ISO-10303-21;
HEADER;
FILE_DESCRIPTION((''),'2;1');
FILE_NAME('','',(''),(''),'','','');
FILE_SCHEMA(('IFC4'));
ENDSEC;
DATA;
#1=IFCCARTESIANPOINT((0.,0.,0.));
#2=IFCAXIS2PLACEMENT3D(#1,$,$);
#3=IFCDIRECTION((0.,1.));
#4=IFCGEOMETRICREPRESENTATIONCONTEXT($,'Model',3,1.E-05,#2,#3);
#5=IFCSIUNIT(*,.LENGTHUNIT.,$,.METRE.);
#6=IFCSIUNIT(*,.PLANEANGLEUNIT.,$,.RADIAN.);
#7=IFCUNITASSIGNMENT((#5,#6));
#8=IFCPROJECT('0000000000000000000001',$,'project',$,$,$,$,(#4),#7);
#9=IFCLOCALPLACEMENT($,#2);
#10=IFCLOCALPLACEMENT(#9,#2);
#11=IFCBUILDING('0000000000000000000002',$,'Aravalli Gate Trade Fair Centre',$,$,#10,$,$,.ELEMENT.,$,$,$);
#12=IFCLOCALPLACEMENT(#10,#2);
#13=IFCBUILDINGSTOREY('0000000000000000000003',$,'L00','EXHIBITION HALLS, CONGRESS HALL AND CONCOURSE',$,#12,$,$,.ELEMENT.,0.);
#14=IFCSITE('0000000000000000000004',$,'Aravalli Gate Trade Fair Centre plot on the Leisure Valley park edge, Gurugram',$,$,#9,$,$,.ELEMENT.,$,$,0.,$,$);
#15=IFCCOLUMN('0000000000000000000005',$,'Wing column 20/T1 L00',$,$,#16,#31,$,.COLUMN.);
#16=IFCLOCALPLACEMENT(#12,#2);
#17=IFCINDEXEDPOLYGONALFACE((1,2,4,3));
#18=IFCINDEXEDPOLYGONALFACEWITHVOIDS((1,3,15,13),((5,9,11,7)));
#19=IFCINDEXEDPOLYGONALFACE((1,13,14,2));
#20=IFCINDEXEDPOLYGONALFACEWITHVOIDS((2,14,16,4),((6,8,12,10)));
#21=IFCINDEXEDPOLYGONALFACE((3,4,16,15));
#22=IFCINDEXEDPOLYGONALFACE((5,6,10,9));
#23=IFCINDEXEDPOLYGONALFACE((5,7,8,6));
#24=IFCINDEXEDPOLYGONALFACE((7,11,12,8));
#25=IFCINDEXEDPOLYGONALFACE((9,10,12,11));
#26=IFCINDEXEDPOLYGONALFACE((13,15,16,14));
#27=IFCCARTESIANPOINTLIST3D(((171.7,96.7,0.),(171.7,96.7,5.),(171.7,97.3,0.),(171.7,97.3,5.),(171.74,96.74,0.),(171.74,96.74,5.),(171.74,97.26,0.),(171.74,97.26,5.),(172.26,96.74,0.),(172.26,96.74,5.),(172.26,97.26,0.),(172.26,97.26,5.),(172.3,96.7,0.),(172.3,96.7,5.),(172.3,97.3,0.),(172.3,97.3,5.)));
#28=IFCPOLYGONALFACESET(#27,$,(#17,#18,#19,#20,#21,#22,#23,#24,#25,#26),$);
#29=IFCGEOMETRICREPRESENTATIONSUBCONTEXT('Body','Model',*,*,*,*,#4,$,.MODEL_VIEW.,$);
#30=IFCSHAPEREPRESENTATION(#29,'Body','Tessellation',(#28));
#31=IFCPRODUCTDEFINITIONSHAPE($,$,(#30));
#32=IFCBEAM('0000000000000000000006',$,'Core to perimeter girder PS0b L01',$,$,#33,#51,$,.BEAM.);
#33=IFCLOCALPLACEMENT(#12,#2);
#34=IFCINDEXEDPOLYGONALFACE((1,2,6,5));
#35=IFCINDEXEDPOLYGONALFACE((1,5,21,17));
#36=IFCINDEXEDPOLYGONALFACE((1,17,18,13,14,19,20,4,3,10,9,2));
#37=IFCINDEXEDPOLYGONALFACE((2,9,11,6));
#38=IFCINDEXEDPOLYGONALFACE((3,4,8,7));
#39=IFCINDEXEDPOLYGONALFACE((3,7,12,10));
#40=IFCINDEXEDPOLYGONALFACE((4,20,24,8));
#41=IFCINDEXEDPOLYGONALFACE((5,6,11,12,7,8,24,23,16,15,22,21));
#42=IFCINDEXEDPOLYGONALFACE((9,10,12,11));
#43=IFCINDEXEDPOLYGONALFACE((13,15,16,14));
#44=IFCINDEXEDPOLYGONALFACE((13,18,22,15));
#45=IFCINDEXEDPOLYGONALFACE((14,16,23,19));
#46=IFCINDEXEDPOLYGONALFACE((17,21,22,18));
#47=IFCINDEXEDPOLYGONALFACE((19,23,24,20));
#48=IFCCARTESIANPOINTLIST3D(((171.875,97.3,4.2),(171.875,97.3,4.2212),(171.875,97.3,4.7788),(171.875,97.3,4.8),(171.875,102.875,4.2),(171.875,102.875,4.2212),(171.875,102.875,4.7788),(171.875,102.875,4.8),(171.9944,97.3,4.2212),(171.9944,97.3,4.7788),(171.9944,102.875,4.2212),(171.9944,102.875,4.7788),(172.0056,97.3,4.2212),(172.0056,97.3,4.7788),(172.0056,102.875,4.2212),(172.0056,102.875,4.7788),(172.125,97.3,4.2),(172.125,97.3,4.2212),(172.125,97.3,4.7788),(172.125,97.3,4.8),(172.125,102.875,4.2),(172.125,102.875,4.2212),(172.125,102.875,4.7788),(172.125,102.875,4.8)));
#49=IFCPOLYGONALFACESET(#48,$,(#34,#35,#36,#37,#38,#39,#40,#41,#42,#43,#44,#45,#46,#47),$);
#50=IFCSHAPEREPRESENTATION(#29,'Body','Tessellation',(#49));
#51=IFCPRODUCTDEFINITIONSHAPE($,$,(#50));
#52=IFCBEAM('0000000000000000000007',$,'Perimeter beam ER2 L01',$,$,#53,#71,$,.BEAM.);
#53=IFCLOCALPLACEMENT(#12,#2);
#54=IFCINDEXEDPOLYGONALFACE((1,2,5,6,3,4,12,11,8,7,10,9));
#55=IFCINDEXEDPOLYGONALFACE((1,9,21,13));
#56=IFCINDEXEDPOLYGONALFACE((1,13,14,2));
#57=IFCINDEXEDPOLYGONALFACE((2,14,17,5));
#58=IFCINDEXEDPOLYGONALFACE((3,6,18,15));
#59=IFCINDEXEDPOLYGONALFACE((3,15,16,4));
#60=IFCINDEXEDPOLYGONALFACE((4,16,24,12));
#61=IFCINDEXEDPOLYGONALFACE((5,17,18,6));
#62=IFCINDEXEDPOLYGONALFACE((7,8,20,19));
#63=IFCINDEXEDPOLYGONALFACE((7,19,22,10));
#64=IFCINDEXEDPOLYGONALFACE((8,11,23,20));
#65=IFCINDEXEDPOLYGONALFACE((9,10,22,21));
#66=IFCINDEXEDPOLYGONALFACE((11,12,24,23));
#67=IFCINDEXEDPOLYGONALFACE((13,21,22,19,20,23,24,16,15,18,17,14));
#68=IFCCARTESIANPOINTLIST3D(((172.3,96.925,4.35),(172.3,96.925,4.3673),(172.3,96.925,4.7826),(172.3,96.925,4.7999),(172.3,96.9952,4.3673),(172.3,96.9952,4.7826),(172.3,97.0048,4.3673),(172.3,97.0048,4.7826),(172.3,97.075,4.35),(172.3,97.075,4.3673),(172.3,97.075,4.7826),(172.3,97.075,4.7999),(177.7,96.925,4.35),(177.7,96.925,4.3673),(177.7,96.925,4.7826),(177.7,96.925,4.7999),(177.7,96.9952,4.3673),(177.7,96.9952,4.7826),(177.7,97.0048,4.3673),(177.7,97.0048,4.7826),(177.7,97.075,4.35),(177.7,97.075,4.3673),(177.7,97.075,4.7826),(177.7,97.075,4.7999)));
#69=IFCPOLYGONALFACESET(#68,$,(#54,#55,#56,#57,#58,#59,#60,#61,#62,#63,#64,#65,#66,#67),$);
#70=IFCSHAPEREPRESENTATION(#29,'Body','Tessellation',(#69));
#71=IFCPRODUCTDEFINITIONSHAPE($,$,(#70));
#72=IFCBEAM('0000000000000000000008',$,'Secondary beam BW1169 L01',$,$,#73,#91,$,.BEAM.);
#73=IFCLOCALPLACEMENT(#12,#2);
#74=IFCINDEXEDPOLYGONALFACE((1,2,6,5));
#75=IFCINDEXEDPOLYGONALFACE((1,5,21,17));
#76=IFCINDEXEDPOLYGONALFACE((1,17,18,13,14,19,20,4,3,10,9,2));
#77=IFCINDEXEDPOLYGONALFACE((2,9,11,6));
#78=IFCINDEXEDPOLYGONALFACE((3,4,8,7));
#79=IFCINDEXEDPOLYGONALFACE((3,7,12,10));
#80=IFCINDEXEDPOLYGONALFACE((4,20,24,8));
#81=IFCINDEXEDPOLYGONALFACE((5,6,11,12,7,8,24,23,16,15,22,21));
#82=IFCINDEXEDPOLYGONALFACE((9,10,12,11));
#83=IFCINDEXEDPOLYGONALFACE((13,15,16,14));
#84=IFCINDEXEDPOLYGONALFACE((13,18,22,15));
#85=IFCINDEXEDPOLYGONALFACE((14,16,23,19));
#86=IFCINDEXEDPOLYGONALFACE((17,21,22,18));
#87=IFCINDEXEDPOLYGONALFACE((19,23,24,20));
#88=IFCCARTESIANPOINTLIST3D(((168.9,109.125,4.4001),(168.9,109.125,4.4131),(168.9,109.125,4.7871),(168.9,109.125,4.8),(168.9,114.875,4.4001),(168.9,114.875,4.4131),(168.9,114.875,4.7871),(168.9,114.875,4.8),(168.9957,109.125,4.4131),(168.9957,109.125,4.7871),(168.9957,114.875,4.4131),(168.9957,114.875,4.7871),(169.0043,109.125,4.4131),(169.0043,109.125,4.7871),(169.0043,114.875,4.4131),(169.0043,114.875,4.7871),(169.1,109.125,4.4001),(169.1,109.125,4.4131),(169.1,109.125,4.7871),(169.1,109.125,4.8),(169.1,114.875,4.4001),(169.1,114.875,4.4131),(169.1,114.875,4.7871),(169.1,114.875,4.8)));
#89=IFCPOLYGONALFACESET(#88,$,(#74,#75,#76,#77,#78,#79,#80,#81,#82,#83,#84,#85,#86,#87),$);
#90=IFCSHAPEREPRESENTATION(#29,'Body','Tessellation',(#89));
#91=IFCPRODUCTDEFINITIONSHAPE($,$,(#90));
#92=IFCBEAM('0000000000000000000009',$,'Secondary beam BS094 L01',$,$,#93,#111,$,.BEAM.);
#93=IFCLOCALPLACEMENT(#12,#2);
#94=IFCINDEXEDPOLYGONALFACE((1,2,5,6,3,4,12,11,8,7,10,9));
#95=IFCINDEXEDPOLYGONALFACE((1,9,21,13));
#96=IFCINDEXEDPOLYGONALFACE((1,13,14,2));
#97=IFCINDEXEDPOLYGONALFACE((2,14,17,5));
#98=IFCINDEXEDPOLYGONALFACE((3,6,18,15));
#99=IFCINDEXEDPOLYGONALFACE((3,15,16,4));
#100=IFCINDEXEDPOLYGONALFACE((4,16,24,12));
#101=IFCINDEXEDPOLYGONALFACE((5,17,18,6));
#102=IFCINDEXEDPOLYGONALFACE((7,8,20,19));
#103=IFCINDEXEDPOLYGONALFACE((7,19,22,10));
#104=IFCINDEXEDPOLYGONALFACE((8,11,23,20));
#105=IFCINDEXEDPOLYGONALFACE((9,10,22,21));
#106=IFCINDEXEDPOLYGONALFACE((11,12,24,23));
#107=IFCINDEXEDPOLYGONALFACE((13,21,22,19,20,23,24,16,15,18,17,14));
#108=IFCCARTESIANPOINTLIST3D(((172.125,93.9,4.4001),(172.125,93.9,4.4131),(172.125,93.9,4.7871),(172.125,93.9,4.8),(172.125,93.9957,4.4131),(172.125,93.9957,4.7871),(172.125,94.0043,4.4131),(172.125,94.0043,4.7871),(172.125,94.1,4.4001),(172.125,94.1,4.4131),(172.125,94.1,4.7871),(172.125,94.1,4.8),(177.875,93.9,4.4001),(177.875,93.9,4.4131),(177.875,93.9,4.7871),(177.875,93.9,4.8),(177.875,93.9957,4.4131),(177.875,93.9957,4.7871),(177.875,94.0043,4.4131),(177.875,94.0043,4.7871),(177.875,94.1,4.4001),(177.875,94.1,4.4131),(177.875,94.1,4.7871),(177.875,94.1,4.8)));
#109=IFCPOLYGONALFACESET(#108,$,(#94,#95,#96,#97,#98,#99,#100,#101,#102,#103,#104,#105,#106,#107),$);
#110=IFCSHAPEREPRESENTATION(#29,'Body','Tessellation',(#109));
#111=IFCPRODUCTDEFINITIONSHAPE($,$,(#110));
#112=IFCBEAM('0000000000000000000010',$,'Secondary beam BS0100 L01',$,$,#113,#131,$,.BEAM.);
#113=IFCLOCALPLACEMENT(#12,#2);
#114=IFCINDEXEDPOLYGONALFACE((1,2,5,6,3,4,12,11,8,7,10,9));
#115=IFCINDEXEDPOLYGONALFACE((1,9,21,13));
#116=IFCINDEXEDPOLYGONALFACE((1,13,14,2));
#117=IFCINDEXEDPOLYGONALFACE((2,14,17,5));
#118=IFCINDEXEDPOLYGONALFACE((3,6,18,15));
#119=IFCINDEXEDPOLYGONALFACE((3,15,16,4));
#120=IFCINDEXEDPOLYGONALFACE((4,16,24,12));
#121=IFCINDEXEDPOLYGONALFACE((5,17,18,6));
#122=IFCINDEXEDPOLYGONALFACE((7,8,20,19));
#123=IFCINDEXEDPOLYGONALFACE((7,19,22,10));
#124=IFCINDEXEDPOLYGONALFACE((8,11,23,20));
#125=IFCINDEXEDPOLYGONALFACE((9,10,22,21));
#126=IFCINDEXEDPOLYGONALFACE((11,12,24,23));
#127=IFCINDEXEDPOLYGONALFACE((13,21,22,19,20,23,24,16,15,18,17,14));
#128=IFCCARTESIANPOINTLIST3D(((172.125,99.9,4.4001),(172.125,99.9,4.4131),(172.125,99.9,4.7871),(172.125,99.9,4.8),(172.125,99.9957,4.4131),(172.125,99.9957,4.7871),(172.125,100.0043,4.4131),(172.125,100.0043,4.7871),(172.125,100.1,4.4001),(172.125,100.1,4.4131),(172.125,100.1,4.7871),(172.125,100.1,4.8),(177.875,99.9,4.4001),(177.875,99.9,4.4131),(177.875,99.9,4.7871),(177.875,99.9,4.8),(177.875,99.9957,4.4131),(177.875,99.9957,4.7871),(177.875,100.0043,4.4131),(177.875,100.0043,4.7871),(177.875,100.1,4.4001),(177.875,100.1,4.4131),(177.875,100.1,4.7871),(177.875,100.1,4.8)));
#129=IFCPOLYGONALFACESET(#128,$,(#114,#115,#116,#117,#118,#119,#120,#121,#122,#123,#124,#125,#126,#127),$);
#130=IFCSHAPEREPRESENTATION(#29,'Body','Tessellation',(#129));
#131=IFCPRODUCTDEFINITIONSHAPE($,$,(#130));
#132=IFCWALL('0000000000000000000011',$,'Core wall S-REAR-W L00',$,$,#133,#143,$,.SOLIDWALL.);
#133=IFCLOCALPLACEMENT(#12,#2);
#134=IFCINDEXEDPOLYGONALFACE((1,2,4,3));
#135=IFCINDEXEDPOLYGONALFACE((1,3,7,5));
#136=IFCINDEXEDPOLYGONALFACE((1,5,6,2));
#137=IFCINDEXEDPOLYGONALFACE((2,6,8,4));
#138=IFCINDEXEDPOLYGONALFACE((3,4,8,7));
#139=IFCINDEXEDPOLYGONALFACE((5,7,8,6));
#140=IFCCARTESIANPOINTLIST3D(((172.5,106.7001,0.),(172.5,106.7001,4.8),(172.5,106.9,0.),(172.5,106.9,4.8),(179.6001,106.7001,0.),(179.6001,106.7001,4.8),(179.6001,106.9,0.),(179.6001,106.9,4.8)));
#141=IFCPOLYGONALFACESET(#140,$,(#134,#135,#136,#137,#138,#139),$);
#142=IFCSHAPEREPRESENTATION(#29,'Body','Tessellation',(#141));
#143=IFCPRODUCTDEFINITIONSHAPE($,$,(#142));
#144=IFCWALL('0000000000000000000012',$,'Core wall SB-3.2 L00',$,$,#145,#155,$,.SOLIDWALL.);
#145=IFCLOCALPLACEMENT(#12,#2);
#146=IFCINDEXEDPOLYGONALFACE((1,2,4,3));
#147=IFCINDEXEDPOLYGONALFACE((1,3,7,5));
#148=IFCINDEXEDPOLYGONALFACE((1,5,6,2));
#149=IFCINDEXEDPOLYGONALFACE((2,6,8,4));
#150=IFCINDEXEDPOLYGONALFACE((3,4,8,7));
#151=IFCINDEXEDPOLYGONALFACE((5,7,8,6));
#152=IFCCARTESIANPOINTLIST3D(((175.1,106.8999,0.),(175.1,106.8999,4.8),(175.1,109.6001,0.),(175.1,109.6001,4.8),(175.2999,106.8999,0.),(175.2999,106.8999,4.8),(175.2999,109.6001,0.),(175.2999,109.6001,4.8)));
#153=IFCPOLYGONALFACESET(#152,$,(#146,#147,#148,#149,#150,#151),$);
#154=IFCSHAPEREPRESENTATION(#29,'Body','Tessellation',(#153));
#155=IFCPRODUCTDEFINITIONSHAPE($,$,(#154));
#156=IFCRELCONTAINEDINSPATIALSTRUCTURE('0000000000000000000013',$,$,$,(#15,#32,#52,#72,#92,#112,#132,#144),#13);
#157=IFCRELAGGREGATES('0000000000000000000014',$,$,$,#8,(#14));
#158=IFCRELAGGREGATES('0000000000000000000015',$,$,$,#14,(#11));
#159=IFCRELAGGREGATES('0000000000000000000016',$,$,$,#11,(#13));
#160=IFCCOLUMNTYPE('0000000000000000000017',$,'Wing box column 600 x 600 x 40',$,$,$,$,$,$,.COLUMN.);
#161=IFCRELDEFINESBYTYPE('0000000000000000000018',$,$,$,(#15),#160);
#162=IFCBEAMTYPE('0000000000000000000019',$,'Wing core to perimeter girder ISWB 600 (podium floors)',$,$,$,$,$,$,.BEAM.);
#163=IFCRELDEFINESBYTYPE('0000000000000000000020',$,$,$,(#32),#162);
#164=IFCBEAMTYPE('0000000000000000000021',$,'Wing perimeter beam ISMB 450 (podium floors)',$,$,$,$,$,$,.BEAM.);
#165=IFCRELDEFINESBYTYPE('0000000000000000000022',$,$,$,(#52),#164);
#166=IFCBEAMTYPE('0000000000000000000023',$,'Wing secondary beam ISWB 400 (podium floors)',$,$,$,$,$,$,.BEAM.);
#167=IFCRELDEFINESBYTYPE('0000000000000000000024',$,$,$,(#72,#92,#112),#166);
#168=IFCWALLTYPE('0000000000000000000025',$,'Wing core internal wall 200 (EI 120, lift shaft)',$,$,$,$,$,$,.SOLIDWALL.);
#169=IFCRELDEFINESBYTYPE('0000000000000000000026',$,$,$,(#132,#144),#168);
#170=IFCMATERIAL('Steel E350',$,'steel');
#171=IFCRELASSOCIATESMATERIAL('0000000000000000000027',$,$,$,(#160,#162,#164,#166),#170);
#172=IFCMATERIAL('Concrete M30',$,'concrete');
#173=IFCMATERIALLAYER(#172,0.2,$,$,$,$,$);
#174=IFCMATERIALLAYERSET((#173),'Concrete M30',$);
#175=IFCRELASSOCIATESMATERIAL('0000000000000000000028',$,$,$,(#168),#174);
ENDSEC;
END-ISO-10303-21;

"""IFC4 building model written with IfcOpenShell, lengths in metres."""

from ifc_helpers import new_model, si_unit, direction, frame, frame_2d, origin, origin_2d, place, context, subcontext, project, spatial, rectangle, hollow_rectangle, i_section, extrude, material, layer, layer_set, material_profile, profile_set, type_object, element, save


model = new_model("IFC4")

# Units and contexts
model_context = context("Model", 3, precision=1e-05, world=origin(), true_north=direction((0.0, 1.0)))
body_context = subcontext(model_context, "Body", "Model", "MODEL_VIEW")
ifc_project = project(units=[si_unit("LENGTHUNIT", "METRE"), si_unit("PLANEANGLEUNIT", "RADIAN")], contexts=[model_context])

# Site, building, storey
site_placement = place(None, origin())
site = spatial("IfcSite", under=ifc_project, at=site_placement, Name="Aravalli Gate Trade Fair Centre plot on the Leisure Valley park edge, Gurugram", CompositionType="ELEMENT", RefElevation=0.0)
building_placement = place(site_placement, origin())
building = spatial("IfcBuilding", under=site, at=building_placement, Name="Aravalli Gate Trade Fair Centre", CompositionType="ELEMENT")
storey_placement = place(building_placement, origin())
storey = spatial("IfcBuildingStorey", under=building, at=storey_placement, Name="L00", Description="EXHIBITION HALLS, CONGRESS HALL AND CONCOURSE", CompositionType="ELEMENT", Elevation=0.0)

# Column
ifc_material_1 = material(Name="Steel E350", Category="steel")
ifc_material_profile_1 = material_profile(ifc_material_1, hollow_rectangle(XDim=0.6001, YDim=0.6001, WallThickness=0.04, at=origin_2d()), Name="BOX 600x600x40")
ifc_profile_set_1 = profile_set([ifc_material_profile_1], Name="Steel E350")
column_type = type_object("IfcColumnType", Name="Wing box column 600 x 600 x 40", PredefinedType="COLUMN", material=ifc_profile_set_1)
column_placement = place(storey_placement, frame((172.0, 97.0, 0.0), z_axis=(0.0, 0.0, 1.0), x_axis=(1.0, 0.0, 0.0)))
element("IfcColumn", 1, at=column_placement, inside=storey, type_object=column_type, Name="Wing column 20/T1 L00", PredefinedType="COLUMN", context=body_context, shape_type="SweptSolid", body=[
    extrude(hollow_rectangle(XDim=0.6001, YDim=0.6001, WallThickness=0.04, at=origin_2d()), origin(), (0.0, 0.0, 1.0), 5.0),
])

# Beams
ifc_material_profile_2 = material_profile(ifc_material_1, i_section(OverallWidth=0.25, OverallDepth=0.6001, WebThickness=0.0112, FlangeThickness=0.0212, at=origin_2d()), Name="ISWB 600")
ifc_profile_set_2 = profile_set([ifc_material_profile_2], Name="Steel E350")
beam_type_1 = type_object("IfcBeamType", Name="Wing core to perimeter girder ISWB 600 (podium floors)", PredefinedType="BEAM", material=ifc_profile_set_2)
beam_1_placement = place(storey_placement, frame((172.0, 97.3, 4.5), z_axis=(0.0, 1.0, 0.0), x_axis=(-1.0, 0.0, 0.0)))
element("IfcBeam", 2, at=beam_1_placement, inside=storey, type_object=beam_type_1, Name="Core to perimeter girder PS0b L01", PredefinedType="BEAM", context=body_context, shape_type="SweptSolid", body=[
    extrude(i_section(OverallWidth=0.25, OverallDepth=0.6001, WebThickness=0.0112, FlangeThickness=0.0212, at=origin_2d()), origin(), (0.0, 0.0, 1.0), 5.575),
])
ifc_material_profile_3 = material_profile(ifc_material_1, i_section(OverallWidth=0.1499, OverallDepth=0.45, WebThickness=0.0095, FlangeThickness=0.0173, at=origin_2d()), Name="ISMB 450")
ifc_profile_set_3 = profile_set([ifc_material_profile_3], Name="Steel E350")
beam_type_2 = type_object("IfcBeamType", Name="Wing perimeter beam ISMB 450 (podium floors)", PredefinedType="BEAM", material=ifc_profile_set_3)
beam_2_placement = place(storey_placement, frame((172.3, 97.0, 4.575), z_axis=(1.0, 0.0, 0.0), x_axis=(0.0, 1.0, 0.0)))
element("IfcBeam", 3, at=beam_2_placement, inside=storey, type_object=beam_type_2, Name="Perimeter beam ER2 L01", PredefinedType="BEAM", context=body_context, shape_type="SweptSolid", body=[
    extrude(i_section(OverallWidth=0.1499, OverallDepth=0.45, WebThickness=0.0095, FlangeThickness=0.0173, at=origin_2d()), origin(), (0.0, 0.0, 1.0), 5.3999),
])
ifc_material_profile_4 = material_profile(ifc_material_1, i_section(OverallWidth=0.2, OverallDepth=0.3999, WebThickness=0.0085, FlangeThickness=0.0129, at=origin_2d()), Name="ISWB 400")
ifc_profile_set_4 = profile_set([ifc_material_profile_4], Name="Steel E350")
beam_type_3 = type_object("IfcBeamType", Name="Wing secondary beam ISWB 400 (podium floors)", PredefinedType="BEAM", material=ifc_profile_set_4)
for number, where, z_axis, x_axis, name in (
    (4, (169.0, 109.125, 4.6001), (0.0, 1.0, 0.0), (-1.0, 0.0, 0.0), "Secondary beam BW1169 L01"),
    (5, (172.125, 94.0, 4.6001), (1.0, 0.0, 0.0), (0.0, 1.0, 0.0), "Secondary beam BS094 L01"),
    (6, (172.125, 100.0, 4.6001), (1.0, 0.0, 0.0), (0.0, 1.0, 0.0), "Secondary beam BS0100 L01"),
):
    element("IfcBeam", number, at=place(storey_placement, frame(where, z_axis=z_axis, x_axis=x_axis)), inside=storey, type_object=beam_type_3, Name=name, PredefinedType="BEAM", context=body_context, shape_type="SweptSolid", body=[
        extrude(i_section(OverallWidth=0.2, OverallDepth=0.3999, WebThickness=0.0085, FlangeThickness=0.0129, at=origin_2d()), origin(), (0.0, 0.0, 1.0), 5.75),
    ])

# Walls
ifc_material_2 = material(Name="Concrete M30", Category="concrete")
ifc_layer_1 = layer(ifc_material_2, 0.2)
ifc_layer_set_1 = layer_set([ifc_layer_1], Name="Concrete M30")
wall_type_1 = type_object("IfcWallType", Name="Wing core internal wall 200 (EI 120, lift shaft)", PredefinedType="SOLIDWALL", material=ifc_layer_set_1)
wall_1_placement = place(storey_placement, frame((172.5, 106.8, 0.0), z_axis=(0.0, 0.0, 1.0), x_axis=(1.0, 0.0, 0.0)))
element("IfcWall", 7, at=wall_1_placement, inside=storey, type_object=wall_type_1, Name="Core wall S-REAR-W L00", PredefinedType="SOLIDWALL", context=body_context, shape_type="SweptSolid", body=[
    extrude(rectangle(XDim=7.1001, YDim=0.2, at=frame_2d((3.55, 0.0))), origin(), (0.0, 0.0, 1.0), 4.8),
])
wall_2_placement = place(storey_placement, frame((175.2, 106.8999, 0.0), z_axis=(0.0, 0.0, 1.0), x_axis=(0.0, 1.0, 0.0)))
element("IfcWall", 8, at=wall_2_placement, inside=storey, type_object=wall_type_1, Name="Core wall SB-3.2 L00", PredefinedType="SOLIDWALL", context=body_context, shape_type="SweptSolid", body=[
    extrude(rectangle(XDim=2.7002, YDim=0.2, at=frame_2d((1.3501, 0.0))), origin(), (0.0, 0.0, 1.0), 4.8),
])

save(model, "model.ifc")
